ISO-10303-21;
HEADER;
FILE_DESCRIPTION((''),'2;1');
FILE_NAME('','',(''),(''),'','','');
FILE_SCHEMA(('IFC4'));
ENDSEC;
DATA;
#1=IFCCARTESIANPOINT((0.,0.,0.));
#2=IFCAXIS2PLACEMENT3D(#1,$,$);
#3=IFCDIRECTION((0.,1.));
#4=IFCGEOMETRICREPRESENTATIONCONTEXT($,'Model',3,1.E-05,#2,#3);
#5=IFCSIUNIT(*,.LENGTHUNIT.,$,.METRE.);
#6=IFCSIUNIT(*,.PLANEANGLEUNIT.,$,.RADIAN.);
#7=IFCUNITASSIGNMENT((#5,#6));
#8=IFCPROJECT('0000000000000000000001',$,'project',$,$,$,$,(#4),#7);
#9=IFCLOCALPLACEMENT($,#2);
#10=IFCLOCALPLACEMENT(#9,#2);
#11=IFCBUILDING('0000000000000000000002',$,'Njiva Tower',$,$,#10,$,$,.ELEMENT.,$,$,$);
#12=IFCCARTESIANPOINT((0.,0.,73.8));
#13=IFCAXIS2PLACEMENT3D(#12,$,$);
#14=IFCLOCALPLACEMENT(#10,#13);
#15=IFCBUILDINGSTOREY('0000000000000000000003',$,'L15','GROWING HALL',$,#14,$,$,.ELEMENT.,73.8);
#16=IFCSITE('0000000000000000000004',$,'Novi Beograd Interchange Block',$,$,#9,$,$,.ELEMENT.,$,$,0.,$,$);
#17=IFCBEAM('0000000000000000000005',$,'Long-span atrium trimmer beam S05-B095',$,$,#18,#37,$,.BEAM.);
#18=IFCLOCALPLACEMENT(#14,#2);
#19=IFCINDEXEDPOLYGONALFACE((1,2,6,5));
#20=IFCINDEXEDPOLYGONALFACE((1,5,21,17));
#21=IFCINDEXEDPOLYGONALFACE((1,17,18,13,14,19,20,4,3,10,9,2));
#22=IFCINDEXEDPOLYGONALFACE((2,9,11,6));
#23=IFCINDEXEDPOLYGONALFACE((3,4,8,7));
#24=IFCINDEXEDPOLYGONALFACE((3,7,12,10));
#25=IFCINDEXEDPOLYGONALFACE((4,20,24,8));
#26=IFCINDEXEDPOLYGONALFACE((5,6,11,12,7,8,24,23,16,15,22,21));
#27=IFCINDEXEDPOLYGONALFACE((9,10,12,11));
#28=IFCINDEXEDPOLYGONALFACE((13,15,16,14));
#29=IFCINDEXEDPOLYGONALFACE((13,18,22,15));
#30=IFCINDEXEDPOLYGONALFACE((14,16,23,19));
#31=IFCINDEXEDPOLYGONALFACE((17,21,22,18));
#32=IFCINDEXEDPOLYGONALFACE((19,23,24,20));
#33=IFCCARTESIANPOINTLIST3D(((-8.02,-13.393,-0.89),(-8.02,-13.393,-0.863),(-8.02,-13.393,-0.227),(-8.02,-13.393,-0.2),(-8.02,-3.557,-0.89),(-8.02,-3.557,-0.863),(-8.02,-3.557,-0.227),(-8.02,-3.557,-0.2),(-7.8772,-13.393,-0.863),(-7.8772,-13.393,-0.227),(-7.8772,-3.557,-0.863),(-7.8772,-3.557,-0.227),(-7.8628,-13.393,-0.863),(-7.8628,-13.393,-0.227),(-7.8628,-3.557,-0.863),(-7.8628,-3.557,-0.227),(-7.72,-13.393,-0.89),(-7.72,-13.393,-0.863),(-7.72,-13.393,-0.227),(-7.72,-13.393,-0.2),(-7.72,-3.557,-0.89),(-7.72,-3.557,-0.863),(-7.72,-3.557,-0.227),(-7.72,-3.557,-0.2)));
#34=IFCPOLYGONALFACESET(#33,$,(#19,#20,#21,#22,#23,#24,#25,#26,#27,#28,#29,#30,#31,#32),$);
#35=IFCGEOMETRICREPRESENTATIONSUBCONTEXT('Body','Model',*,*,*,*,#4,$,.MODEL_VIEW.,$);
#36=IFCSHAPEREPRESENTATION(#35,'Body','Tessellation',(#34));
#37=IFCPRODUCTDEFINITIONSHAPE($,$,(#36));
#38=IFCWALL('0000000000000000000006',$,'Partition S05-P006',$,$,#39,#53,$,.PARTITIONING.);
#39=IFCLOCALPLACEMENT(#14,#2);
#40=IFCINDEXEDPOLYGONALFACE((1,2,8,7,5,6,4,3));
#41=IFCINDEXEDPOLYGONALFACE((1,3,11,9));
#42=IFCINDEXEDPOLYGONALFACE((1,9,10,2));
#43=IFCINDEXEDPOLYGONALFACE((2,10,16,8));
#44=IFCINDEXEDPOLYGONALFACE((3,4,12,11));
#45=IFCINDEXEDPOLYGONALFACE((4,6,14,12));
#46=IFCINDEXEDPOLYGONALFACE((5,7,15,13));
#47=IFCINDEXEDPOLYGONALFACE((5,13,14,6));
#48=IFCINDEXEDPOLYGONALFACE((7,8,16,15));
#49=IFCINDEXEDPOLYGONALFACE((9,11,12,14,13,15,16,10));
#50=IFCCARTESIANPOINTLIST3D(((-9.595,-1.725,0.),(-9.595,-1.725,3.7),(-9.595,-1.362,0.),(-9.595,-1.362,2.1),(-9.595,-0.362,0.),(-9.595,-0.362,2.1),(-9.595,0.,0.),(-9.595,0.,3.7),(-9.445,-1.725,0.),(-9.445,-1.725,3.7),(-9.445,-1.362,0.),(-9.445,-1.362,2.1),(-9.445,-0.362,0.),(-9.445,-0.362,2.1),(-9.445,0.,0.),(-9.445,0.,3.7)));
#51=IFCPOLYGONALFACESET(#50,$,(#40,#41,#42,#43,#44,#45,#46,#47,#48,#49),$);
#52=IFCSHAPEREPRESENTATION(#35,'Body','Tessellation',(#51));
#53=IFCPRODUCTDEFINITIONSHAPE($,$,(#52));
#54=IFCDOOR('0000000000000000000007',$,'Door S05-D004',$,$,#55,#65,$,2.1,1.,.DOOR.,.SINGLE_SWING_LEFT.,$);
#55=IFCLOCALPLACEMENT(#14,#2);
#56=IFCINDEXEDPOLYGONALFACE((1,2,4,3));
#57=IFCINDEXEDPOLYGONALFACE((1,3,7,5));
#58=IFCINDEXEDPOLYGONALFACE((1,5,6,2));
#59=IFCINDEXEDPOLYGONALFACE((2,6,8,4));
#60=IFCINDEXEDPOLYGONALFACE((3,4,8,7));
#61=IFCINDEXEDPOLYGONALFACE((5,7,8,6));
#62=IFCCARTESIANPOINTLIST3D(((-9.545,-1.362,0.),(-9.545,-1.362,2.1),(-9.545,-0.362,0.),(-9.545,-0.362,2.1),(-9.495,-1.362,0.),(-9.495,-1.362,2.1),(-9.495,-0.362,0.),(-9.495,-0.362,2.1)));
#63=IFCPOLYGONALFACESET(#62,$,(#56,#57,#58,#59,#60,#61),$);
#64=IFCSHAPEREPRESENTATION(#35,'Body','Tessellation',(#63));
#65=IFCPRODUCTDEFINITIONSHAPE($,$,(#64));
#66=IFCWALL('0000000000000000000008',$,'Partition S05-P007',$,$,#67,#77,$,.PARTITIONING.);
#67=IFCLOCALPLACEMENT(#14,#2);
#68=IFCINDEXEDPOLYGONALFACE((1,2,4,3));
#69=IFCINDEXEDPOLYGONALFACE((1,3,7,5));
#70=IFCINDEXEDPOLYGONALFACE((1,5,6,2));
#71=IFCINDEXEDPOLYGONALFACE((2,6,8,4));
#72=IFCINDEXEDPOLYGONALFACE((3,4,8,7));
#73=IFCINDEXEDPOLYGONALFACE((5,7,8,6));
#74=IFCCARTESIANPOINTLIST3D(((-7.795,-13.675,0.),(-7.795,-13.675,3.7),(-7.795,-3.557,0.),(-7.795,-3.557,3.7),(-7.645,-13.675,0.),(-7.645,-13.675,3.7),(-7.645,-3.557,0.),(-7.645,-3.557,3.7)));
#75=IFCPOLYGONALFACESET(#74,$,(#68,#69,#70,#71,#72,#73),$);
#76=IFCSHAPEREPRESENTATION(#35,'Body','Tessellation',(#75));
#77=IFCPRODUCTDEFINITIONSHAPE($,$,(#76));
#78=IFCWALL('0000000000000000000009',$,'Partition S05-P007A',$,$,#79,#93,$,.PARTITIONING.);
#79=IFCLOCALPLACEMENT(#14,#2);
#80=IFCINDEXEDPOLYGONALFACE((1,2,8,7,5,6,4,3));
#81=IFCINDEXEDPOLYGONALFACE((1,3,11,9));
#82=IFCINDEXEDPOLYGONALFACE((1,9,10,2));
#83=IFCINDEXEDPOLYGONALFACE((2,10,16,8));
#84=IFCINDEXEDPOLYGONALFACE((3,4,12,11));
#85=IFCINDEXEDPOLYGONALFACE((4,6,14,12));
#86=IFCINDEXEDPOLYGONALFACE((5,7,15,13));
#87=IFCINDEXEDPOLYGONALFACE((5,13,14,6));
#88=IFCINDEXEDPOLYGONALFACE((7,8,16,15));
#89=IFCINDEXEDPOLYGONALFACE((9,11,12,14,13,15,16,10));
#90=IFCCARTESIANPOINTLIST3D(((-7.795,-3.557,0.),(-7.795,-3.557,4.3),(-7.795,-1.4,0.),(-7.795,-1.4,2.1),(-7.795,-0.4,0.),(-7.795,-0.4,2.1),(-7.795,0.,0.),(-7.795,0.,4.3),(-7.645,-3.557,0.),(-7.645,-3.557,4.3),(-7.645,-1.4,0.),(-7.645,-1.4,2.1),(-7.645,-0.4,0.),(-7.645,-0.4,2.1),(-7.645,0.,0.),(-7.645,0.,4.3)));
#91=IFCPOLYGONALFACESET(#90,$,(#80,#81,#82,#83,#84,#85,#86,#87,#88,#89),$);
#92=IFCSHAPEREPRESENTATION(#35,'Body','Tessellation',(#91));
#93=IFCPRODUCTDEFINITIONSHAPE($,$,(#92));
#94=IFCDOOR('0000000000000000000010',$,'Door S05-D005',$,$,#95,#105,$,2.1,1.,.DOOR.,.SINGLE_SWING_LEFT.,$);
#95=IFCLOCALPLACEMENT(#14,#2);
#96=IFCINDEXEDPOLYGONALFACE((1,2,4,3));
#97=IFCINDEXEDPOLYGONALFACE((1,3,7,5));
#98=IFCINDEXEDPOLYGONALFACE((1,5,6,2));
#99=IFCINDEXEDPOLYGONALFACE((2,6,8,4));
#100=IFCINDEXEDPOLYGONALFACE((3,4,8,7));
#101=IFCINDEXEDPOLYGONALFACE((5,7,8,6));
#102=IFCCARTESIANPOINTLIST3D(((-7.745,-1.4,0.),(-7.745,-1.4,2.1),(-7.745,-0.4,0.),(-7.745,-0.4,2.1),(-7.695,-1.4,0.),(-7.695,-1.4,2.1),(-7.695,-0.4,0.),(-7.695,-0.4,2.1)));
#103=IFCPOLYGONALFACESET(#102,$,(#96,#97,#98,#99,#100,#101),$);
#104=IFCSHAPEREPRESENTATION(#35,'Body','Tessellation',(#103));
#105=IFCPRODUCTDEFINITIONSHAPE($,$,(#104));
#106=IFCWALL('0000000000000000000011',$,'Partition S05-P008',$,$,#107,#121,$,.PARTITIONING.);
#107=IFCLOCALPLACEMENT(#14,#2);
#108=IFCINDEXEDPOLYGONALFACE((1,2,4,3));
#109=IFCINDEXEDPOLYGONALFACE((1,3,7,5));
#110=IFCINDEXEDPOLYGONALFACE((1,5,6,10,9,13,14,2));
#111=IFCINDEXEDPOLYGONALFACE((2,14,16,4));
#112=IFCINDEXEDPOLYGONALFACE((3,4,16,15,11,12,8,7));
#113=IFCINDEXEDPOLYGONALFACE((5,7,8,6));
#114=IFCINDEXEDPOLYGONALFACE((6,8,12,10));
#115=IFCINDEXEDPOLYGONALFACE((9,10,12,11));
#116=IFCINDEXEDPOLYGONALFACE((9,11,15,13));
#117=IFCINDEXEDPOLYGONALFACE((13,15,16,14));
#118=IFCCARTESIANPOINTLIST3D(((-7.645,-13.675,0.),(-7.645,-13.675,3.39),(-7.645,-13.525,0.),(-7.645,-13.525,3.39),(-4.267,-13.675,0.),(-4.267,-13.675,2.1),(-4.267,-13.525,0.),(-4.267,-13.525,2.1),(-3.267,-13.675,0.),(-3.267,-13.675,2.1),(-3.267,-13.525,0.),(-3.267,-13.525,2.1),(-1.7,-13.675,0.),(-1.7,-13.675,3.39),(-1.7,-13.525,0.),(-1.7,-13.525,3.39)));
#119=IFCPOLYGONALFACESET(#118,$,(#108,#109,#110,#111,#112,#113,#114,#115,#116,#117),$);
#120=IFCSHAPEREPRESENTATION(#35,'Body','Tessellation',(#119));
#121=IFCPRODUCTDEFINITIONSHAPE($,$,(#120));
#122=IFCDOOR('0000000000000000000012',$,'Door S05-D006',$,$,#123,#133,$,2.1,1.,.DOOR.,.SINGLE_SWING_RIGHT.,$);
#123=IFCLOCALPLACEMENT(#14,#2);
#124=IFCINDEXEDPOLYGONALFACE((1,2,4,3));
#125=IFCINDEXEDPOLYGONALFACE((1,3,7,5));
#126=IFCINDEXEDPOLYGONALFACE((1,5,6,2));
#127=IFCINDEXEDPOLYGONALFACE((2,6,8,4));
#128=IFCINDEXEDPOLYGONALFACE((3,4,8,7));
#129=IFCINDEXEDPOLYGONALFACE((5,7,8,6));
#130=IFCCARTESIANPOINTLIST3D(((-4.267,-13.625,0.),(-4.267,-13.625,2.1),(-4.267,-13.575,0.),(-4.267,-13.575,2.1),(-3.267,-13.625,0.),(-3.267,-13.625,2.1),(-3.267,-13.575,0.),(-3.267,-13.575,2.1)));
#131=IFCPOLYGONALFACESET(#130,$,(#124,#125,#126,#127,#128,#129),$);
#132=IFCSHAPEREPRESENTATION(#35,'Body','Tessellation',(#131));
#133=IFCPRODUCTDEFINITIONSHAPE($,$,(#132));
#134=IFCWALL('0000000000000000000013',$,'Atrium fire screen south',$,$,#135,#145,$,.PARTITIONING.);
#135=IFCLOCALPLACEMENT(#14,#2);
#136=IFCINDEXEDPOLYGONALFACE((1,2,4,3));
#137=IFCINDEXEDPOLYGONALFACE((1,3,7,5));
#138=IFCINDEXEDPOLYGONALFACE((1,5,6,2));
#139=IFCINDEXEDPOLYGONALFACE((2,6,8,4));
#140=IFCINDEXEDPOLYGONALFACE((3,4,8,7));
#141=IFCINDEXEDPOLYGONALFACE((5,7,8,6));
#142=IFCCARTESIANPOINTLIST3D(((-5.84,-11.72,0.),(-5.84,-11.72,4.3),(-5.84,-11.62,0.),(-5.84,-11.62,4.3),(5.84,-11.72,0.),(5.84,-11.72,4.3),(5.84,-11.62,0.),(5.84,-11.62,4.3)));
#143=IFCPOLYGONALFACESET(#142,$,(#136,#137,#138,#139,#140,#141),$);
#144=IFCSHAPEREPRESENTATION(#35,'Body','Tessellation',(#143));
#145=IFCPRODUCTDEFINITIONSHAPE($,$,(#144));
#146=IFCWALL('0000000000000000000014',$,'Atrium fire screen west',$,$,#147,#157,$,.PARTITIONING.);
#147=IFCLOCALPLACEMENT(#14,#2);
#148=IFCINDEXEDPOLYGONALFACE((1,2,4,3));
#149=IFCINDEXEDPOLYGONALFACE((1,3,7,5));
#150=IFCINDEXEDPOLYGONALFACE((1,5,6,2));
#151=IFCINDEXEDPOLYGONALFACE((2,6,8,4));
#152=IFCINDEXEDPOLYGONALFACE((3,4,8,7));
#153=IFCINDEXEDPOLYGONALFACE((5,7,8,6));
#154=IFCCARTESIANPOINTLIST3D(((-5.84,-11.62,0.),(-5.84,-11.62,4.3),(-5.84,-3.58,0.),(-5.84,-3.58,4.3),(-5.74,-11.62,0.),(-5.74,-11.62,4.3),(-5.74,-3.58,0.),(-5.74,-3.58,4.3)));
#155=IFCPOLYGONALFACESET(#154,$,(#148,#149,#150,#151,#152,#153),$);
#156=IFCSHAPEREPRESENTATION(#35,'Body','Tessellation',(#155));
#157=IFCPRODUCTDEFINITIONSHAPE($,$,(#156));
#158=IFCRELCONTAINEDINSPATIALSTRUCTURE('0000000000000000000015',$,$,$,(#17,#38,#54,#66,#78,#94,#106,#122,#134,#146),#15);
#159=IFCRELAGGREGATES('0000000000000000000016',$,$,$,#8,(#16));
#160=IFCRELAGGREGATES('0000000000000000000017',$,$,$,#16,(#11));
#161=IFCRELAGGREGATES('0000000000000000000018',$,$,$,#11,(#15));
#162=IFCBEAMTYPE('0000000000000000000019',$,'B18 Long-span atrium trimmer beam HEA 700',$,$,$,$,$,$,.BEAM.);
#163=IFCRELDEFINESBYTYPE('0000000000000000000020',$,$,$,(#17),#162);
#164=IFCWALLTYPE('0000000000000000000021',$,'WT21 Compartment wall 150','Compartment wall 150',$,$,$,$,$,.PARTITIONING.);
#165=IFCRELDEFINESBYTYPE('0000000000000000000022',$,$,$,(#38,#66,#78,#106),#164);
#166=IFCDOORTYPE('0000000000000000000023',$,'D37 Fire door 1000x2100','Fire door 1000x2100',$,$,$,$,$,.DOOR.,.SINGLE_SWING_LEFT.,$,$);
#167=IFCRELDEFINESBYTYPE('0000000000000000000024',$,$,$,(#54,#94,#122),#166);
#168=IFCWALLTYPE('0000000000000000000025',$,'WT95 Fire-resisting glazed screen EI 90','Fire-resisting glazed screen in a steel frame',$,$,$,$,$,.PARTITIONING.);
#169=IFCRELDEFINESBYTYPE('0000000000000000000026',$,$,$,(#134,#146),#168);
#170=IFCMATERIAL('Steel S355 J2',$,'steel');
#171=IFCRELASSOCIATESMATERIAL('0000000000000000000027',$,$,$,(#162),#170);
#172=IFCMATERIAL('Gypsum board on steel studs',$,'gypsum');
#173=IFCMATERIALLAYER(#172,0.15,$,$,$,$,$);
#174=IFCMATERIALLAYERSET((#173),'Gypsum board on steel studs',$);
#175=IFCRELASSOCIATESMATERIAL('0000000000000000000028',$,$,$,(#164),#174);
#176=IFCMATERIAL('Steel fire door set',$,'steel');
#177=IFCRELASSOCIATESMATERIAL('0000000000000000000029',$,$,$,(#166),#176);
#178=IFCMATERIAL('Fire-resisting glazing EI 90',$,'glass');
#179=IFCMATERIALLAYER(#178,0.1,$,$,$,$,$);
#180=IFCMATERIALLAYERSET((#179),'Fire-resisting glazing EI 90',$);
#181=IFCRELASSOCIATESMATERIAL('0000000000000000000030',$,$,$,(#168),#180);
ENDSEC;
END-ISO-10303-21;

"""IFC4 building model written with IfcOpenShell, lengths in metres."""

from ifc_helpers import new_model, si_unit, direction, frame, frame_2d, origin, origin_2d, place, context, subcontext, project, spatial, rectangle, i_section, extrude, material, layer, layer_set, material_profile, profile_set, type_object, element, fill, save


model = new_model("IFC4")

# Units and contexts
model_context = context("Model", 3, precision=1e-05, world=origin(), true_north=direction((0.0, 1.0)))
body_context = subcontext(model_context, "Body", "Model", "MODEL_VIEW")
ifc_project = project(units=[si_unit("LENGTHUNIT", "METRE"), si_unit("PLANEANGLEUNIT", "RADIAN")], contexts=[model_context])

# Site, building, storey
site_placement = place(None, origin())
site = spatial("IfcSite", under=ifc_project, at=site_placement, Name="Novi Beograd Interchange Block", CompositionType="ELEMENT", RefElevation=0.0)
building_placement = place(site_placement, origin())
building = spatial("IfcBuilding", under=site, at=building_placement, Name="Njiva Tower", CompositionType="ELEMENT")
storey_placement = place(building_placement, frame((0.0, 0.0, 73.8)))
storey = spatial("IfcBuildingStorey", under=building, at=storey_placement, Name="L15", Description="GROWING HALL", CompositionType="ELEMENT", Elevation=73.8)

# Shared definitions
ifc_material_1 = material(Name="Steel S355 J2", Category="steel")

# Beam
ifc_material_profile_1 = material_profile(ifc_material_1, i_section(OverallWidth=0.3, OverallDepth=0.69, WebThickness=0.0145, FlangeThickness=0.027, at=origin_2d()), Name="HEA 700")
ifc_profile_set_1 = profile_set([ifc_material_profile_1], Name="Steel S355 J2")
beam_type_1 = type_object("IfcBeamType", Name="B18 Long-span atrium trimmer beam HEA 700", PredefinedType="BEAM", material=ifc_profile_set_1)
beam_1_placement = place(storey_placement, frame((-7.87, -3.557, -0.545), z_axis=(0.0, -1.0, 0.0), x_axis=(1.0, 0.0, 0.0)))
element("IfcBeam", 1, at=beam_1_placement, inside=storey, type_object=beam_type_1, Name="Long-span atrium trimmer beam S05-B095", PredefinedType="BEAM", context=body_context, shape_type="SweptSolid", body=[
    extrude(i_section(OverallWidth=0.3, OverallDepth=0.69, WebThickness=0.0145, FlangeThickness=0.027, at=origin_2d()), origin(), (0.0, 0.0, 1.0), 9.836),
])

# Wall, opening, door
ifc_material_2 = material(Name="Gypsum board on steel studs", Category="gypsum")
ifc_layer_1 = layer(ifc_material_2, 0.15)
ifc_layer_set_1 = layer_set([ifc_layer_1], Name="Gypsum board on steel studs")
wall_type_1 = type_object("IfcWallType", Name="WT21 Compartment wall 150", Description="Compartment wall 150", PredefinedType="PARTITIONING", material=ifc_layer_set_1)
wall_1_placement = place(storey_placement, frame((-9.52, -1.725, 0.0), z_axis=(0.0, 0.0, 1.0), x_axis=(0.0, 1.0, 0.0)))
wall_1 = element("IfcWall", 2, at=wall_1_placement, inside=storey, type_object=wall_type_1, Name="Partition S05-P006", PredefinedType="PARTITIONING", context=body_context, shape_type="SweptSolid", body=[
    extrude(rectangle(XDim=1.725, YDim=0.15, at=frame_2d((0.8625, 0.0))), origin(), (0.0, 0.0, 1.0), 3.7),
])
opening_1_placement = place(wall_1_placement, frame((0.363, 0.0, 0.0)))
opening_1 = element("IfcOpeningElement", 3, at=opening_1_placement, cuts=wall_1, PredefinedType="OPENING", context=body_context, shape_type="SweptSolid", body=[
    extrude(rectangle(XDim=1.0, YDim=2.1, at=frame_2d((0.5, 1.05))), frame((0.0, 0.085, 0.0), z_axis=(0.0, -1.0, 0.0), x_axis=(1.0, 0.0, 0.0)), (0.0, 0.0, 1.0), 0.17),
])
ifc_material_3 = material(Name="Steel fire door set", Category="steel")
door_type = type_object("IfcDoorType", Name="D37 Fire door 1000x2100", Description="Fire door 1000x2100", OperationType="SINGLE_SWING_LEFT", PredefinedType="DOOR", material=ifc_material_3)
door_1_placement = place(opening_1_placement, origin())
door_1 = element("IfcDoor", 4, at=door_1_placement, inside=storey, type_object=door_type, Name="Door S05-D004", OperationType="SINGLE_SWING_LEFT", OverallHeight=2.1, OverallWidth=1.0, PredefinedType="DOOR", context=body_context, shape_type="SweptSolid", body=[
    extrude(rectangle(XDim=1.0, YDim=2.1, at=frame_2d((0.5, 1.05))), frame((0.0, 0.025, 0.0), z_axis=(0.0, -1.0, 0.0), x_axis=(1.0, 0.0, 0.0)), (0.0, 0.0, 1.0), 0.05),
])
fill(opening_1, door_1)

# Wall
wall_2_placement = place(storey_placement, frame((-7.72, -13.675, 0.0), z_axis=(0.0, 0.0, 1.0), x_axis=(0.0, 1.0, 0.0)))
element("IfcWall", 5, at=wall_2_placement, inside=storey, type_object=wall_type_1, Name="Partition S05-P007", PredefinedType="PARTITIONING", context=body_context, shape_type="SweptSolid", body=[
    extrude(rectangle(XDim=10.118, YDim=0.15, at=frame_2d((5.059, 0.0))), origin(), (0.0, 0.0, 1.0), 3.7),
])

# Walls, openings, doors
wall_3_placement = place(storey_placement, frame((-7.72, -3.557, 0.0), z_axis=(0.0, 0.0, 1.0), x_axis=(0.0, 1.0, 0.0)))
wall_3 = element("IfcWall", 6, at=wall_3_placement, inside=storey, type_object=wall_type_1, Name="Partition S05-P007A", PredefinedType="PARTITIONING", context=body_context, shape_type="SweptSolid", body=[
    extrude(rectangle(XDim=3.557, YDim=0.15, at=frame_2d((1.7785, 0.0))), origin(), (0.0, 0.0, 1.0), 4.3),
])
opening_2_placement = place(wall_3_placement, frame((2.157, 0.0, 0.0)))
opening_2 = element("IfcOpeningElement", 7, at=opening_2_placement, cuts=wall_3, PredefinedType="OPENING", context=body_context, shape_type="SweptSolid", body=[
    extrude(rectangle(XDim=1.0, YDim=2.1, at=frame_2d((0.5, 1.05))), frame((0.0, 0.085, 0.0), z_axis=(0.0, -1.0, 0.0), x_axis=(1.0, 0.0, 0.0)), (0.0, 0.0, 1.0), 0.17),
])
door_2_placement = place(opening_2_placement, origin())
door_2 = element("IfcDoor", 8, at=door_2_placement, inside=storey, type_object=door_type, Name="Door S05-D005", OperationType="SINGLE_SWING_LEFT", OverallHeight=2.1, OverallWidth=1.0, PredefinedType="DOOR", context=body_context, shape_type="SweptSolid", body=[
    extrude(rectangle(XDim=1.0, YDim=2.1, at=frame_2d((0.5, 1.05))), frame((0.0, 0.025, 0.0), z_axis=(0.0, -1.0, 0.0), x_axis=(1.0, 0.0, 0.0)), (0.0, 0.0, 1.0), 0.05),
])
fill(opening_2, door_2)
wall_4_placement = place(storey_placement, frame((-7.645, -13.6, 0.0), z_axis=(0.0, 0.0, 1.0), x_axis=(1.0, 0.0, 0.0)))
wall_4 = element("IfcWall", 9, at=wall_4_placement, inside=storey, type_object=wall_type_1, Name="Partition S05-P008", PredefinedType="PARTITIONING", context=body_context, shape_type="SweptSolid", body=[
    extrude(rectangle(XDim=5.945, YDim=0.15, at=frame_2d((2.9725, 0.0))), origin(), (0.0, 0.0, 1.0), 3.39),
])
opening_3_placement = place(wall_4_placement, frame((3.378, 0.0, 0.0)))
opening_3 = element("IfcOpeningElement", 10, at=opening_3_placement, cuts=wall_4, PredefinedType="OPENING", context=body_context, shape_type="SweptSolid", body=[
    extrude(rectangle(XDim=1.0, YDim=2.1, at=frame_2d((0.5, 1.05))), frame((0.0, 0.085, 0.0), z_axis=(0.0, -1.0, 0.0), x_axis=(1.0, 0.0, 0.0)), (0.0, 0.0, 1.0), 0.17),
])
door_3_placement = place(opening_3_placement, origin())
door_3 = element("IfcDoor", 11, at=door_3_placement, inside=storey, type_object=door_type, Name="Door S05-D006", OperationType="SINGLE_SWING_RIGHT", OverallHeight=2.1, OverallWidth=1.0, PredefinedType="DOOR", context=body_context, shape_type="SweptSolid", body=[
    extrude(rectangle(XDim=1.0, YDim=2.1, at=frame_2d((0.5, 1.05))), frame((0.0, 0.025, 0.0), z_axis=(0.0, -1.0, 0.0), x_axis=(1.0, 0.0, 0.0)), (0.0, 0.0, 1.0), 0.05),
])
fill(opening_3, door_3)

# Walls
ifc_material_4 = material(Name="Fire-resisting glazing EI 90", Category="glass")
ifc_layer_2 = layer(ifc_material_4, 0.1)
ifc_layer_set_2 = layer_set([ifc_layer_2], Name="Fire-resisting glazing EI 90")
wall_type_2 = type_object("IfcWallType", Name="WT95 Fire-resisting glazed screen EI 90", Description="Fire-resisting glazed screen in a steel frame", PredefinedType="PARTITIONING", material=ifc_layer_set_2)
wall_5_placement = place(storey_placement, frame((-5.84, -11.67, 0.0), z_axis=(0.0, 0.0, 1.0), x_axis=(1.0, 0.0, 0.0)))
element("IfcWall", 12, at=wall_5_placement, inside=storey, type_object=wall_type_2, Name="Atrium fire screen south", PredefinedType="PARTITIONING", context=body_context, shape_type="SweptSolid", body=[
    extrude(rectangle(XDim=11.68, YDim=0.1, at=frame_2d((5.84, 0.0))), origin(), (0.0, 0.0, 1.0), 4.3),
])
wall_6_placement = place(storey_placement, frame((-5.79, -3.58, 0.0), z_axis=(0.0, 0.0, 1.0), x_axis=(0.0, -1.0, 0.0)))
element("IfcWall", 13, at=wall_6_placement, inside=storey, type_object=wall_type_2, Name="Atrium fire screen west", PredefinedType="PARTITIONING", context=body_context, shape_type="SweptSolid", body=[
    extrude(rectangle(XDim=8.04, YDim=0.1, at=frame_2d((4.02, 0.0))), origin(), (0.0, 0.0, 1.0), 4.3),
])

save(model, "model.ifc")
